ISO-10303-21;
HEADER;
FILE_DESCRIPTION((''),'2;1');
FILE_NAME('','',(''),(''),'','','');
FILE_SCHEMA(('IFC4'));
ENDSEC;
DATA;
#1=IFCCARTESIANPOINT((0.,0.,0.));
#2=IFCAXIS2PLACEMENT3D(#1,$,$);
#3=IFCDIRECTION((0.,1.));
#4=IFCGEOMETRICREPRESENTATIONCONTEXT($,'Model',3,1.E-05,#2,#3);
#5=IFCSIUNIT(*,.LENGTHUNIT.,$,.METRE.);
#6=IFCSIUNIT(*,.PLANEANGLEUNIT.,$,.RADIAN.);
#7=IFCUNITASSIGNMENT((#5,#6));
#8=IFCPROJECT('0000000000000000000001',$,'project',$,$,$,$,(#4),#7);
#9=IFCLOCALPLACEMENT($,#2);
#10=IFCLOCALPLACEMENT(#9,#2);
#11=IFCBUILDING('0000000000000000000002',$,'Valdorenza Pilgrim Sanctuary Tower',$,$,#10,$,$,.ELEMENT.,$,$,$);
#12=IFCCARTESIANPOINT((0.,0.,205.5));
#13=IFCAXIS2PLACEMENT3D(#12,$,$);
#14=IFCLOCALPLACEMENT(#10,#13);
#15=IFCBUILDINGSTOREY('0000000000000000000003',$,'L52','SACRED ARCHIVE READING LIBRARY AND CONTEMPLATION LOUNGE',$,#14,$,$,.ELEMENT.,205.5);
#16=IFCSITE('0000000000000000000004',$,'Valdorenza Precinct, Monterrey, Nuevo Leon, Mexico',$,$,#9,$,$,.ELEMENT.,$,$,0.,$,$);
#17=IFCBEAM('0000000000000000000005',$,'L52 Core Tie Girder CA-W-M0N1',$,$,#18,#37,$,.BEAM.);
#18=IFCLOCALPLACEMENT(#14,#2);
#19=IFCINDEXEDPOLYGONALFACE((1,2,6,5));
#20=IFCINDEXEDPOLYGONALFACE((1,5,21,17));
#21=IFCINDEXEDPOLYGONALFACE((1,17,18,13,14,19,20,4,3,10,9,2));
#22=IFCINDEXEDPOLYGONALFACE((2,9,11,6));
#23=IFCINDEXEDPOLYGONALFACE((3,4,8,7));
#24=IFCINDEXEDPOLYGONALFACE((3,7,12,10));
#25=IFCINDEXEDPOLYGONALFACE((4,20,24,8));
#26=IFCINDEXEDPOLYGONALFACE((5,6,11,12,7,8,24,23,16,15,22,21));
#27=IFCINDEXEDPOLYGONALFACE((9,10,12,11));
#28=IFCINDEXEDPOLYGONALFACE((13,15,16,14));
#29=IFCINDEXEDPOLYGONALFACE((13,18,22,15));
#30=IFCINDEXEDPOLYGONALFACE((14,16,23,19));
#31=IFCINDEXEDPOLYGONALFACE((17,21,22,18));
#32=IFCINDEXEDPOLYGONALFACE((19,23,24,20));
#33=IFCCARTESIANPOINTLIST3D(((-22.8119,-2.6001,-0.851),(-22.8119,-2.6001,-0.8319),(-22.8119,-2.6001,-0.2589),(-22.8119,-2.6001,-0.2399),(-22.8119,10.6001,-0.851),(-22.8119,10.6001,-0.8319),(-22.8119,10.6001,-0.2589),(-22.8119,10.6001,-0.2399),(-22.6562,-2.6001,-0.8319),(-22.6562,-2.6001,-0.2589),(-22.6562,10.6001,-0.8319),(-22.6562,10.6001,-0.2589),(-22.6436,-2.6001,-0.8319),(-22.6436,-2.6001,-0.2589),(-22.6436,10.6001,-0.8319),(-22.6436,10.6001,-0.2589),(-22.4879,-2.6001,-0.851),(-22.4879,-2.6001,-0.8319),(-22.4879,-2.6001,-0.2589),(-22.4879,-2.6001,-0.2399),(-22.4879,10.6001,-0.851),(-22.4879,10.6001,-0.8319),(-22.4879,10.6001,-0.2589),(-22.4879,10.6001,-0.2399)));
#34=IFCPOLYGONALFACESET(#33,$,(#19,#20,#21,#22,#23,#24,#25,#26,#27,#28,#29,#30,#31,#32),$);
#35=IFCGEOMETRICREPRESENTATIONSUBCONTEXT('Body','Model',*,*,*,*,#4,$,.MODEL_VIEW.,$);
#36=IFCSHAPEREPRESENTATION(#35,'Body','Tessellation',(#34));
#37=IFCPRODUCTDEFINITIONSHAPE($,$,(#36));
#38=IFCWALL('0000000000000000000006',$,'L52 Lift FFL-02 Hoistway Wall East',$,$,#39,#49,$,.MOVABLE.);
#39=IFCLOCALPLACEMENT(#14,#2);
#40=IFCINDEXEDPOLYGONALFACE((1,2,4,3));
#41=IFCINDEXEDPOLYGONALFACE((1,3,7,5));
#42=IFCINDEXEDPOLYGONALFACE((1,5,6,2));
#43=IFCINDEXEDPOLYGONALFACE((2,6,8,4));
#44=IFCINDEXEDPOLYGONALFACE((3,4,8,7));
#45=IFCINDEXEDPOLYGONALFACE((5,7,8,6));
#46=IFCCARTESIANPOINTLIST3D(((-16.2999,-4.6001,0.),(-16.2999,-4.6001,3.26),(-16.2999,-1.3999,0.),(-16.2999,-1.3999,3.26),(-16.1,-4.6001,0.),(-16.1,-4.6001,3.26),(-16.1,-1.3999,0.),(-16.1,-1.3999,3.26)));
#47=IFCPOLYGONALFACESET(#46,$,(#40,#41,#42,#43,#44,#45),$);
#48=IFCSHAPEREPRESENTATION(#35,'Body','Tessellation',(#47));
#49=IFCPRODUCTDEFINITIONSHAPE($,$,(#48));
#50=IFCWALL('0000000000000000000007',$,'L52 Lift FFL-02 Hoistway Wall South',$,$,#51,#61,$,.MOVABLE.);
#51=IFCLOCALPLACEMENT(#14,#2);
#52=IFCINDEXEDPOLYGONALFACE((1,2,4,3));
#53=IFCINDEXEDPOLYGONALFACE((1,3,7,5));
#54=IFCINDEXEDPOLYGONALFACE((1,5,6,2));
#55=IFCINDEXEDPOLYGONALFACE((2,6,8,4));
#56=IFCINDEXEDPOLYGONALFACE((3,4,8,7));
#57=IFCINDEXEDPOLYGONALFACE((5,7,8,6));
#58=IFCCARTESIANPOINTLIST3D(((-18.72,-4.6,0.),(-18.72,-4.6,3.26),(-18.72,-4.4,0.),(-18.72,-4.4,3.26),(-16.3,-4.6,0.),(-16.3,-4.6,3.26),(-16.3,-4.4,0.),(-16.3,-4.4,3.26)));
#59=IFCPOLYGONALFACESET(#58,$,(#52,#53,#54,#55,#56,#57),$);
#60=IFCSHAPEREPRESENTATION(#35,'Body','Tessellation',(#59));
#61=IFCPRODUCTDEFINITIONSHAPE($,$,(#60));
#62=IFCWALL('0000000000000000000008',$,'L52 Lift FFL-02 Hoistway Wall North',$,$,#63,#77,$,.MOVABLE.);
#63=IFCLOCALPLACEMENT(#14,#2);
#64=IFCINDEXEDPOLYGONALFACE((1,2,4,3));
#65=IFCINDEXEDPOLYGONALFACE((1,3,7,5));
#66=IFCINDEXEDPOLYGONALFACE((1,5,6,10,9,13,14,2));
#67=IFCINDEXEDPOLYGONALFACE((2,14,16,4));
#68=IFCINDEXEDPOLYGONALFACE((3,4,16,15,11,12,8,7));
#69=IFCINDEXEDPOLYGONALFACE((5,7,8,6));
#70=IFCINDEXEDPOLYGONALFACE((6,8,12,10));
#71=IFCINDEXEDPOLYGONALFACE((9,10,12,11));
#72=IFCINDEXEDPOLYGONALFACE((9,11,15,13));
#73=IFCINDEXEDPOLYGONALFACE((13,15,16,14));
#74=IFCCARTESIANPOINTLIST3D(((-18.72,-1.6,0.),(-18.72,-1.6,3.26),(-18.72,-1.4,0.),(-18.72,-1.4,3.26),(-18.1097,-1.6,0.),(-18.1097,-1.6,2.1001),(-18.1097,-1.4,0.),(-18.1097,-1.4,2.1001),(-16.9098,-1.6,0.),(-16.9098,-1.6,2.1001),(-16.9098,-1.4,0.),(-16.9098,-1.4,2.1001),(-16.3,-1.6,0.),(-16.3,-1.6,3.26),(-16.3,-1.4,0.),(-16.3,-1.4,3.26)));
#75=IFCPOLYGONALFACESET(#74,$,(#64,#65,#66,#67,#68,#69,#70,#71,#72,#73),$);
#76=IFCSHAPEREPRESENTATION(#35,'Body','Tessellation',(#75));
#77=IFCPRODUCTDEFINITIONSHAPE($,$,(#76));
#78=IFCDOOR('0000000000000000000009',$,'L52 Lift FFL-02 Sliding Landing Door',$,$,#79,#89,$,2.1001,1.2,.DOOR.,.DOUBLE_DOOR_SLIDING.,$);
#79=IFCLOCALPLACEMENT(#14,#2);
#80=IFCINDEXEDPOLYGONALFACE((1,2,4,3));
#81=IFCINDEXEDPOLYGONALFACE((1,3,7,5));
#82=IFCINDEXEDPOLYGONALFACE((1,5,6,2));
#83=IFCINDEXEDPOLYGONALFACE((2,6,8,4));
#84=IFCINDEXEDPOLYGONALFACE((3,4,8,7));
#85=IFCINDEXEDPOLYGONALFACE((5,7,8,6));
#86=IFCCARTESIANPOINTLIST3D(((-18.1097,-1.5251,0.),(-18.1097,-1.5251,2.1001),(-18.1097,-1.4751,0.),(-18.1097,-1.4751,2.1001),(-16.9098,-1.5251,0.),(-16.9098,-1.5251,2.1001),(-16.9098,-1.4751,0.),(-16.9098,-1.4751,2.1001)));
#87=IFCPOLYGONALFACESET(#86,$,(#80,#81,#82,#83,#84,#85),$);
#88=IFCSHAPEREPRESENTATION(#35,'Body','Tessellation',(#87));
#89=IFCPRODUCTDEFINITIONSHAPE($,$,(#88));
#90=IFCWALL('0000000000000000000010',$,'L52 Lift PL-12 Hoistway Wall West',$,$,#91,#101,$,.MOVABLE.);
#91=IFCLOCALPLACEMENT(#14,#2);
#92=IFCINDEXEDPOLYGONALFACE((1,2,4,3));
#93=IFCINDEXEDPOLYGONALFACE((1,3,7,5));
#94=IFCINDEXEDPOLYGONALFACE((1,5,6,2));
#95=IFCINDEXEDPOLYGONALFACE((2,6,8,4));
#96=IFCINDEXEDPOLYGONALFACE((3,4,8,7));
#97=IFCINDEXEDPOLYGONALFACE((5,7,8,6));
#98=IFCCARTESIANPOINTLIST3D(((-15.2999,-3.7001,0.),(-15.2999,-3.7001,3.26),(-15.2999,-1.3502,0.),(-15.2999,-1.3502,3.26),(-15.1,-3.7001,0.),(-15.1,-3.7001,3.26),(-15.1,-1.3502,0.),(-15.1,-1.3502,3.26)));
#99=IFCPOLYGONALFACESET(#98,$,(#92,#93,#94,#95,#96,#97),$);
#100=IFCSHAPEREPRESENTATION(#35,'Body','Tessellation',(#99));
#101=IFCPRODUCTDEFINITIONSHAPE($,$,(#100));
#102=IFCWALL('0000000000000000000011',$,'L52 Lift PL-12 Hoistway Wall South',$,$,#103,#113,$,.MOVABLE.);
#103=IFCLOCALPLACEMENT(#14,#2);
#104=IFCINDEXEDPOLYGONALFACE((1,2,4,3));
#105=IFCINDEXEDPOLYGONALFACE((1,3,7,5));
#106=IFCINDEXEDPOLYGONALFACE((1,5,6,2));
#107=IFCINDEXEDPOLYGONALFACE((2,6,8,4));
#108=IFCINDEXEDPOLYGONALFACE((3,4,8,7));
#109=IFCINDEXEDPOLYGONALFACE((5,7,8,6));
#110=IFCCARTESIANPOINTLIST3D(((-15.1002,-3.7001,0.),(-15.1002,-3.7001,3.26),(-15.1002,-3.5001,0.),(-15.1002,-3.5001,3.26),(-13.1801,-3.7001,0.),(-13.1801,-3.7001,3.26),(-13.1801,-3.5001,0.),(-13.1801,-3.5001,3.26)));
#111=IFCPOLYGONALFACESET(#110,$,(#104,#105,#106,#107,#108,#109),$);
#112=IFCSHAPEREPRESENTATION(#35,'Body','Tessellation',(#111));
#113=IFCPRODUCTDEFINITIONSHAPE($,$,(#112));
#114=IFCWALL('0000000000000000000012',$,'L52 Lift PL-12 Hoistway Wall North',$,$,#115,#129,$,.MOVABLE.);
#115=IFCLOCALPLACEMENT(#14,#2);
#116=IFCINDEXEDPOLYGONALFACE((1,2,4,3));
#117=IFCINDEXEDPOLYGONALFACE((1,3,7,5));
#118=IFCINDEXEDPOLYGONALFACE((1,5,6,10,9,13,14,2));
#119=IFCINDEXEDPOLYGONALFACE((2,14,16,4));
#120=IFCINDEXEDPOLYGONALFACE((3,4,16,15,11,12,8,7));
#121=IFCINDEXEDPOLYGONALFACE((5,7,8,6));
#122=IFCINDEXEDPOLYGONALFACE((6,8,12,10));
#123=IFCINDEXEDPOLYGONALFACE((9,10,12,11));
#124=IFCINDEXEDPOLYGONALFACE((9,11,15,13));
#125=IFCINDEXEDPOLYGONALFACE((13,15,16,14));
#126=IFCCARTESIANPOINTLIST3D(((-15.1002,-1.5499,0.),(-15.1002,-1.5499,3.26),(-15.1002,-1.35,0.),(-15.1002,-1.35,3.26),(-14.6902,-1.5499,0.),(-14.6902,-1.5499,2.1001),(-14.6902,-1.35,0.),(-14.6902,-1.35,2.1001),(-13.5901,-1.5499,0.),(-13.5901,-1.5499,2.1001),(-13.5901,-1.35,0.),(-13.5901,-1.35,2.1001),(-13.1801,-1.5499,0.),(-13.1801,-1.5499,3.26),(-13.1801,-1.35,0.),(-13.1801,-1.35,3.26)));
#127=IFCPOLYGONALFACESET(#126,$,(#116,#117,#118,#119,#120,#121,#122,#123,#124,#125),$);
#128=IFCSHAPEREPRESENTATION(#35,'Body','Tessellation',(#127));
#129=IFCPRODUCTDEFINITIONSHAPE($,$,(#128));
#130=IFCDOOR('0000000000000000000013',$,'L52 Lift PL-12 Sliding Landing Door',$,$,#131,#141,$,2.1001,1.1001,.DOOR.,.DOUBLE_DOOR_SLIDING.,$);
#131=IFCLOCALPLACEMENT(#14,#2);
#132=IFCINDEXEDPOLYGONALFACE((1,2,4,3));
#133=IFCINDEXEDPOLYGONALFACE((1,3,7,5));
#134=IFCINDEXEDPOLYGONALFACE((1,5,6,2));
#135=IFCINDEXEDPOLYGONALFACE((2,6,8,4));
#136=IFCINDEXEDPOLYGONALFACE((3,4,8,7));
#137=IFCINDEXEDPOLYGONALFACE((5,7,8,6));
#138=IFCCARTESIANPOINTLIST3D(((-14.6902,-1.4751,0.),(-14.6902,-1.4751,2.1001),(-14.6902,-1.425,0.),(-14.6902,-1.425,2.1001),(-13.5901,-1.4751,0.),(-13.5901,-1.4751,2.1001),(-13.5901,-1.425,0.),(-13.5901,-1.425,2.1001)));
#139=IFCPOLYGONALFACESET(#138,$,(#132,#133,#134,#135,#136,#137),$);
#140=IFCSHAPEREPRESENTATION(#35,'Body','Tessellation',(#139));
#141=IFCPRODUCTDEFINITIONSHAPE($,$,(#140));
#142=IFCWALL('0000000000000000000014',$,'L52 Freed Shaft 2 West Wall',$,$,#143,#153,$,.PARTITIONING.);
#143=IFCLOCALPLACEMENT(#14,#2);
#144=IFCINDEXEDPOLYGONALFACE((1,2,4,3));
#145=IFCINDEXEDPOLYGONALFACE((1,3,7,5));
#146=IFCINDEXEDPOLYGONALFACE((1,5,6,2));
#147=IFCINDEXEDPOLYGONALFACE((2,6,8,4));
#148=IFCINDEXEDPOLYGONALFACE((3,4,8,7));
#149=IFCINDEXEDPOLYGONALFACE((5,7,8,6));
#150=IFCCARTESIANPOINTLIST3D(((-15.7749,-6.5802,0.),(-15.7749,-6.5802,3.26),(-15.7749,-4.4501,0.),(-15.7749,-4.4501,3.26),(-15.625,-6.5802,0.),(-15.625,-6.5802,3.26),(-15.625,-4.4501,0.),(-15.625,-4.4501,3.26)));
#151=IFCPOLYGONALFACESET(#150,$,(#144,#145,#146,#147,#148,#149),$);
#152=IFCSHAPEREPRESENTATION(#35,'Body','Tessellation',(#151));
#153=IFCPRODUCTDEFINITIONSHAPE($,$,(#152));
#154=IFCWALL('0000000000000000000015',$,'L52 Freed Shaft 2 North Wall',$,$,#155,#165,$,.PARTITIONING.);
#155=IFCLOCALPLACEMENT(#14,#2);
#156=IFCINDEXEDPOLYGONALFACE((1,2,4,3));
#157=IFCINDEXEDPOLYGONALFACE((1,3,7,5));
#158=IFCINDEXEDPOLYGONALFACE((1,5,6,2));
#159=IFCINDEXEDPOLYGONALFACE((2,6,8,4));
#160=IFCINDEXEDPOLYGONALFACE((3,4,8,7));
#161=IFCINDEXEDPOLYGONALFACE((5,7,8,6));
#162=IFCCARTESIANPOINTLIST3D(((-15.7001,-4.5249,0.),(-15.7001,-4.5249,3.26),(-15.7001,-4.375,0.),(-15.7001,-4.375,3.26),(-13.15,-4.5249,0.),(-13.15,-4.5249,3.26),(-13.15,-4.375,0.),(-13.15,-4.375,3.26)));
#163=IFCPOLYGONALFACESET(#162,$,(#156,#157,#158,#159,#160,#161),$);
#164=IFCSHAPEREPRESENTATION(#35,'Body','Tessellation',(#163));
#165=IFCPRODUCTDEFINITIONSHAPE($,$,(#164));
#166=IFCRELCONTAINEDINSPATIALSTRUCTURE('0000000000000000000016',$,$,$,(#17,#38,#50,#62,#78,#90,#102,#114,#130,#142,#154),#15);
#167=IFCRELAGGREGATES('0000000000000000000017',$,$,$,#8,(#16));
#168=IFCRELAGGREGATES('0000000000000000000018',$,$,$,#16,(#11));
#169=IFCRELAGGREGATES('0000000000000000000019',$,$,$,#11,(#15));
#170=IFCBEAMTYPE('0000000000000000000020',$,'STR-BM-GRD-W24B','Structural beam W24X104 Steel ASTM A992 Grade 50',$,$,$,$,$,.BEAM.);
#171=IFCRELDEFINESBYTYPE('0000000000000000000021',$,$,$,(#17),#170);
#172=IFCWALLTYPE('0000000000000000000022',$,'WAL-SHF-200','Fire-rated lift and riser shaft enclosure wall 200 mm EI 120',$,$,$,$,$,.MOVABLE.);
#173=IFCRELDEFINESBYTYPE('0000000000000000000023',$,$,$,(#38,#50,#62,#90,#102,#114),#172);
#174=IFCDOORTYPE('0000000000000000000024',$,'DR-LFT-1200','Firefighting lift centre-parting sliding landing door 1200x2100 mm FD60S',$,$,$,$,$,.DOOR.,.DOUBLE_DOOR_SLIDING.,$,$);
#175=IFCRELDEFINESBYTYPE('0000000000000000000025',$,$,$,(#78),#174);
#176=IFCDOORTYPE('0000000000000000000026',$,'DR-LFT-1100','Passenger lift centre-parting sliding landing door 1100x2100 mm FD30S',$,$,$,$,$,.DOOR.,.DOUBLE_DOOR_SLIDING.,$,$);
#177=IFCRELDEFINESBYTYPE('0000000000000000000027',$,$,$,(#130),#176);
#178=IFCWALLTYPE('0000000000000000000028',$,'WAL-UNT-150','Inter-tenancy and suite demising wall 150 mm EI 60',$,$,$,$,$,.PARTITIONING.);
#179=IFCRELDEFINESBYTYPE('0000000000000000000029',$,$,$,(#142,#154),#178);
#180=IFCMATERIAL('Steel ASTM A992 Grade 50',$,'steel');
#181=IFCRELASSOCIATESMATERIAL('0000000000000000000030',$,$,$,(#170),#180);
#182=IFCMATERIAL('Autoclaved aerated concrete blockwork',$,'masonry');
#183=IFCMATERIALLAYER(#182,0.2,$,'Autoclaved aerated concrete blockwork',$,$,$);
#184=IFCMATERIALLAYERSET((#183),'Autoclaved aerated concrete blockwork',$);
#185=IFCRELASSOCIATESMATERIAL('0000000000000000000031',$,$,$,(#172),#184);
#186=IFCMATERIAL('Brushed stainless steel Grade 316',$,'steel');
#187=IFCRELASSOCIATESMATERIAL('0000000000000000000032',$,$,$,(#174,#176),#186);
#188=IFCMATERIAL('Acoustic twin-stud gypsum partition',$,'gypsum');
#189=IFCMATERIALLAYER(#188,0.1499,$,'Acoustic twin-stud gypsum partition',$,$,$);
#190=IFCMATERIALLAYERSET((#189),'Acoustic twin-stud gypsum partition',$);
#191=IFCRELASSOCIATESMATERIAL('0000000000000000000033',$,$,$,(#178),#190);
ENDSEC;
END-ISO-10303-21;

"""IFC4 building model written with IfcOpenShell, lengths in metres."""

from ifc_helpers import new_model, si_unit, direction, frame, frame_2d, origin, origin_2d, place, context, subcontext, project, spatial, rectangle, i_section, extrude, source, transform, mapped, material, layer, layer_set, material_profile, profile_set, type_object, element, fill, save


model = new_model("IFC4")

# Units and contexts
model_context = context("Model", 3, precision=1e-05, world=origin(), true_north=direction((0.0, 1.0)))
body_context = subcontext(model_context, "Body", "Model", "MODEL_VIEW")
ifc_project = project(units=[si_unit("LENGTHUNIT", "METRE"), si_unit("PLANEANGLEUNIT", "RADIAN")], contexts=[model_context])

# Site, building, storey
site_placement = place(None, origin())
site = spatial("IfcSite", under=ifc_project, at=site_placement, Name="Valdorenza Precinct, Monterrey, Nuevo Leon, Mexico", CompositionType="ELEMENT", RefElevation=0.0)
building_placement = place(site_placement, origin())
building = spatial("IfcBuilding", under=site, at=building_placement, Name="Valdorenza Pilgrim Sanctuary Tower", CompositionType="ELEMENT")
storey_placement = place(building_placement, frame((0.0, 0.0, 205.5)))
storey = spatial("IfcBuildingStorey", under=building, at=storey_placement, Name="L52", Description="SACRED ARCHIVE READING LIBRARY AND CONTEMPLATION LOUNGE", CompositionType="ELEMENT", Elevation=205.5)

# Beam
ifc_material_1 = material(Name="Steel ASTM A992 Grade 50", Category="steel")
ifc_material_profile = material_profile(ifc_material_1, i_section(OverallWidth=0.324, OverallDepth=0.6111, WebThickness=0.0127, FlangeThickness=0.019, at=origin_2d()), Name="W24X104")
ifc_profile_set = profile_set([ifc_material_profile], Name="Steel ASTM A992 Grade 50")
beam_type = type_object("IfcBeamType", Name="STR-BM-GRD-W24B", Description="Structural beam W24X104 Steel ASTM A992 Grade 50", PredefinedType="BEAM", material=ifc_profile_set)
shared_shape = source(origin(), body_context, "Body", "SweptSolid", [
    extrude(i_section(OverallWidth=0.324, OverallDepth=0.6111, WebThickness=0.0127, FlangeThickness=0.019, at=origin_2d()), origin(), (0.0, 0.0, 1.0), 13.2002),
])
beam_placement = place(storey_placement, frame((-22.6499, -2.6001, -0.5454), z_axis=(0.0, 1.0, 0.0), x_axis=(-1.0, 0.0, 0.0)))
element("IfcBeam", 1, at=beam_placement, inside=storey, type_object=beam_type, Name="L52 Core Tie Girder CA-W-M0N1", PredefinedType="BEAM", context=body_context, shape_type="MappedRepresentation", body=[
    mapped(shared_shape, transform((0.0, 0.0, 0.0), x_axis=(1.0, 0.0, 0.0), y_axis=(0.0, 1.0, 0.0), z_axis=(0.0, 0.0, 1.0), scale=1.0)),
])

# Walls
ifc_material_2 = material(Name="Autoclaved aerated concrete blockwork", Category="masonry")
ifc_layer_1 = layer(ifc_material_2, 0.2, Name="Autoclaved aerated concrete blockwork")
ifc_layer_set_1 = layer_set([ifc_layer_1], Name="Autoclaved aerated concrete blockwork")
wall_type_1 = type_object("IfcWallType", Name="WAL-SHF-200", Description="Fire-rated lift and riser shaft enclosure wall 200 mm EI 120", PredefinedType="MOVABLE", material=ifc_layer_set_1)
wall_1_placement = place(storey_placement, frame((-16.2, -4.6001, 0.0), z_axis=(0.0, 0.0, 1.0), x_axis=(0.0, 1.0, 0.0)))
element("IfcWall", 2, at=wall_1_placement, inside=storey, type_object=wall_type_1, Name="L52 Lift FFL-02 Hoistway Wall East", PredefinedType="MOVABLE", context=body_context, shape_type="SweptSolid", body=[
    extrude(rectangle(XDim=3.2002, YDim=0.2, at=frame_2d((1.6001, 0.0))), origin(), (0.0, 0.0, 1.0), 3.26),
])
wall_2_placement = place(storey_placement, frame((-18.72, -4.5, 0.0), z_axis=(0.0, 0.0, 1.0), x_axis=(1.0, 0.0, 0.0)))
element("IfcWall", 3, at=wall_2_placement, inside=storey, type_object=wall_type_1, Name="L52 Lift FFL-02 Hoistway Wall South", PredefinedType="MOVABLE", context=body_context, shape_type="SweptSolid", body=[
    extrude(rectangle(XDim=2.4199, YDim=0.2, at=frame_2d((1.21, 0.0))), origin(), (0.0, 0.0, 1.0), 3.26),
])

# Wall, opening, door
wall_3_placement = place(storey_placement, frame((-18.72, -1.5, 0.0), z_axis=(0.0, 0.0, 1.0), x_axis=(1.0, 0.0, 0.0)))
wall_3 = element("IfcWall", 4, at=wall_3_placement, inside=storey, type_object=wall_type_1, Name="L52 Lift FFL-02 Hoistway Wall North", PredefinedType="MOVABLE", context=body_context, shape_type="SweptSolid", body=[
    extrude(rectangle(XDim=2.4199, YDim=0.2, at=frame_2d((1.21, 0.0))), origin(), (0.0, 0.0, 1.0), 3.26),
])
opening_1_placement = place(wall_3_placement, frame((0.6101, 0.0, 0.0)))
opening_1 = element("IfcOpeningElement", 5, at=opening_1_placement, cuts=wall_3, PredefinedType="OPENING", context=body_context, shape_type="SweptSolid", body=[
    extrude(rectangle(XDim=1.2, YDim=2.1001, at=frame_2d((0.6001, 1.05))), frame((0.0, 0.1147, 0.0), z_axis=(0.0, -1.0, 0.0), x_axis=(1.0, 0.0, 0.0)), (0.0, 0.0, 1.0), 0.2297),
])
ifc_material_3 = material(Name="Brushed stainless steel Grade 316", Category="steel")
door_type_1 = type_object("IfcDoorType", Name="DR-LFT-1200", Description="Firefighting lift centre-parting sliding landing door 1200x2100 mm FD60S", OperationType="DOUBLE_DOOR_SLIDING", PredefinedType="DOOR", material=ifc_material_3)
door_1_placement = place(opening_1_placement, origin())
door_1 = element("IfcDoor", 6, at=door_1_placement, inside=storey, type_object=door_type_1, Name="L52 Lift FFL-02 Sliding Landing Door", OperationType="DOUBLE_DOOR_SLIDING", OverallHeight=2.1001, OverallWidth=1.2, PredefinedType="DOOR", context=body_context, shape_type="SweptSolid", body=[
    extrude(rectangle(XDim=1.2, YDim=2.1001, at=frame_2d((0.6001, 1.05))), frame((0.0, 0.0249, 0.0), z_axis=(0.0, -1.0, 0.0), x_axis=(1.0, 0.0, 0.0)), (0.0, 0.0, 1.0), 0.05),
])
fill(opening_1, door_1)

# Walls
wall_4_placement = place(storey_placement, frame((-15.2, -3.7, 0.0), z_axis=(0.0, 0.0, 1.0), x_axis=(0.0, 1.0, 0.0)))
element("IfcWall", 7, at=wall_4_placement, inside=storey, type_object=wall_type_1, Name="L52 Lift PL-12 Hoistway Wall West", PredefinedType="MOVABLE", context=body_context, shape_type="SweptSolid", body=[
    extrude(rectangle(XDim=2.3499, YDim=0.2, at=frame_2d((1.1748, 0.0))), origin(), (0.0, 0.0, 1.0), 3.26),
])
wall_5_placement = place(storey_placement, frame((-15.1001, -3.6001, 0.0), z_axis=(0.0, 0.0, 1.0), x_axis=(1.0, 0.0, 0.0)))
element("IfcWall", 8, at=wall_5_placement, inside=storey, type_object=wall_type_1, Name="L52 Lift PL-12 Hoistway Wall South", PredefinedType="MOVABLE", context=body_context, shape_type="SweptSolid", body=[
    extrude(rectangle(XDim=1.9202, YDim=0.2, at=frame_2d((0.96, 0.0))), origin(), (0.0, 0.0, 1.0), 3.26),
])

# Wall, opening, door
wall_6_placement = place(storey_placement, frame((-15.1001, -1.45, 0.0), z_axis=(0.0, 0.0, 1.0), x_axis=(1.0, 0.0, 0.0)))
wall_6 = element("IfcWall", 9, at=wall_6_placement, inside=storey, type_object=wall_type_1, Name="L52 Lift PL-12 Hoistway Wall North", PredefinedType="MOVABLE", context=body_context, shape_type="SweptSolid", body=[
    extrude(rectangle(XDim=1.9202, YDim=0.2, at=frame_2d((0.96, 0.0))), origin(), (0.0, 0.0, 1.0), 3.26),
])
opening_2_placement = place(wall_6_placement, frame((0.4099, 0.0, 0.0)))
opening_2 = element("IfcOpeningElement", 10, at=opening_2_placement, cuts=wall_6, PredefinedType="OPENING", context=body_context, shape_type="SweptSolid", body=[
    extrude(rectangle(XDim=1.1001, YDim=2.1001, at=frame_2d((0.55, 1.05))), frame((0.0, 0.1147, 0.0), z_axis=(0.0, -1.0, 0.0), x_axis=(1.0, 0.0, 0.0)), (0.0, 0.0, 1.0), 0.2297),
])
door_type_2 = type_object("IfcDoorType", Name="DR-LFT-1100", Description="Passenger lift centre-parting sliding landing door 1100x2100 mm FD30S", OperationType="DOUBLE_DOOR_SLIDING", PredefinedType="DOOR", material=ifc_material_3)
door_2_placement = place(opening_2_placement, origin())
door_2 = element("IfcDoor", 11, at=door_2_placement, inside=storey, type_object=door_type_2, Name="L52 Lift PL-12 Sliding Landing Door", OperationType="DOUBLE_DOOR_SLIDING", OverallHeight=2.1001, OverallWidth=1.1001, PredefinedType="DOOR", context=body_context, shape_type="SweptSolid", body=[
    extrude(rectangle(XDim=1.1001, YDim=2.1001, at=frame_2d((0.55, 1.05))), frame((0.0, 0.0249, 0.0), z_axis=(0.0, -1.0, 0.0), x_axis=(1.0, 0.0, 0.0)), (0.0, 0.0, 1.0), 0.05),
])
fill(opening_2, door_2)

# Walls
ifc_material_4 = material(Name="Acoustic twin-stud gypsum partition", Category="gypsum")
ifc_layer_2 = layer(ifc_material_4, 0.1499, Name="Acoustic twin-stud gypsum partition")
ifc_layer_set_2 = layer_set([ifc_layer_2], Name="Acoustic twin-stud gypsum partition")
wall_type_2 = type_object("IfcWallType", Name="WAL-UNT-150", Description="Inter-tenancy and suite demising wall 150 mm EI 60", PredefinedType="PARTITIONING", material=ifc_layer_set_2)
wall_7_placement = place(storey_placement, frame((-15.7, -6.5801, 0.0), z_axis=(0.0, 0.0, 1.0), x_axis=(0.0, 1.0, 0.0)))
element("IfcWall", 12, at=wall_7_placement, inside=storey, type_object=wall_type_2, Name="L52 Freed Shaft 2 West Wall", PredefinedType="PARTITIONING", context=body_context, shape_type="SweptSolid", body=[
    extrude(rectangle(XDim=2.1301, YDim=0.1499, at=frame_2d((1.0649, 0.0))), origin(), (0.0, 0.0, 1.0), 3.26),
])
wall_8_placement = place(storey_placement, frame((-15.7, -4.45, 0.0), z_axis=(0.0, 0.0, 1.0), x_axis=(1.0, 0.0, 0.0)))
element("IfcWall", 13, at=wall_8_placement, inside=storey, type_object=wall_type_2, Name="L52 Freed Shaft 2 North Wall", PredefinedType="PARTITIONING", context=body_context, shape_type="SweptSolid", body=[
    extrude(rectangle(XDim=2.55, YDim=0.1499, at=frame_2d((1.2749, 0.0))), origin(), (0.0, 0.0, 1.0), 3.26),
])

save(model, "model.ifc")
